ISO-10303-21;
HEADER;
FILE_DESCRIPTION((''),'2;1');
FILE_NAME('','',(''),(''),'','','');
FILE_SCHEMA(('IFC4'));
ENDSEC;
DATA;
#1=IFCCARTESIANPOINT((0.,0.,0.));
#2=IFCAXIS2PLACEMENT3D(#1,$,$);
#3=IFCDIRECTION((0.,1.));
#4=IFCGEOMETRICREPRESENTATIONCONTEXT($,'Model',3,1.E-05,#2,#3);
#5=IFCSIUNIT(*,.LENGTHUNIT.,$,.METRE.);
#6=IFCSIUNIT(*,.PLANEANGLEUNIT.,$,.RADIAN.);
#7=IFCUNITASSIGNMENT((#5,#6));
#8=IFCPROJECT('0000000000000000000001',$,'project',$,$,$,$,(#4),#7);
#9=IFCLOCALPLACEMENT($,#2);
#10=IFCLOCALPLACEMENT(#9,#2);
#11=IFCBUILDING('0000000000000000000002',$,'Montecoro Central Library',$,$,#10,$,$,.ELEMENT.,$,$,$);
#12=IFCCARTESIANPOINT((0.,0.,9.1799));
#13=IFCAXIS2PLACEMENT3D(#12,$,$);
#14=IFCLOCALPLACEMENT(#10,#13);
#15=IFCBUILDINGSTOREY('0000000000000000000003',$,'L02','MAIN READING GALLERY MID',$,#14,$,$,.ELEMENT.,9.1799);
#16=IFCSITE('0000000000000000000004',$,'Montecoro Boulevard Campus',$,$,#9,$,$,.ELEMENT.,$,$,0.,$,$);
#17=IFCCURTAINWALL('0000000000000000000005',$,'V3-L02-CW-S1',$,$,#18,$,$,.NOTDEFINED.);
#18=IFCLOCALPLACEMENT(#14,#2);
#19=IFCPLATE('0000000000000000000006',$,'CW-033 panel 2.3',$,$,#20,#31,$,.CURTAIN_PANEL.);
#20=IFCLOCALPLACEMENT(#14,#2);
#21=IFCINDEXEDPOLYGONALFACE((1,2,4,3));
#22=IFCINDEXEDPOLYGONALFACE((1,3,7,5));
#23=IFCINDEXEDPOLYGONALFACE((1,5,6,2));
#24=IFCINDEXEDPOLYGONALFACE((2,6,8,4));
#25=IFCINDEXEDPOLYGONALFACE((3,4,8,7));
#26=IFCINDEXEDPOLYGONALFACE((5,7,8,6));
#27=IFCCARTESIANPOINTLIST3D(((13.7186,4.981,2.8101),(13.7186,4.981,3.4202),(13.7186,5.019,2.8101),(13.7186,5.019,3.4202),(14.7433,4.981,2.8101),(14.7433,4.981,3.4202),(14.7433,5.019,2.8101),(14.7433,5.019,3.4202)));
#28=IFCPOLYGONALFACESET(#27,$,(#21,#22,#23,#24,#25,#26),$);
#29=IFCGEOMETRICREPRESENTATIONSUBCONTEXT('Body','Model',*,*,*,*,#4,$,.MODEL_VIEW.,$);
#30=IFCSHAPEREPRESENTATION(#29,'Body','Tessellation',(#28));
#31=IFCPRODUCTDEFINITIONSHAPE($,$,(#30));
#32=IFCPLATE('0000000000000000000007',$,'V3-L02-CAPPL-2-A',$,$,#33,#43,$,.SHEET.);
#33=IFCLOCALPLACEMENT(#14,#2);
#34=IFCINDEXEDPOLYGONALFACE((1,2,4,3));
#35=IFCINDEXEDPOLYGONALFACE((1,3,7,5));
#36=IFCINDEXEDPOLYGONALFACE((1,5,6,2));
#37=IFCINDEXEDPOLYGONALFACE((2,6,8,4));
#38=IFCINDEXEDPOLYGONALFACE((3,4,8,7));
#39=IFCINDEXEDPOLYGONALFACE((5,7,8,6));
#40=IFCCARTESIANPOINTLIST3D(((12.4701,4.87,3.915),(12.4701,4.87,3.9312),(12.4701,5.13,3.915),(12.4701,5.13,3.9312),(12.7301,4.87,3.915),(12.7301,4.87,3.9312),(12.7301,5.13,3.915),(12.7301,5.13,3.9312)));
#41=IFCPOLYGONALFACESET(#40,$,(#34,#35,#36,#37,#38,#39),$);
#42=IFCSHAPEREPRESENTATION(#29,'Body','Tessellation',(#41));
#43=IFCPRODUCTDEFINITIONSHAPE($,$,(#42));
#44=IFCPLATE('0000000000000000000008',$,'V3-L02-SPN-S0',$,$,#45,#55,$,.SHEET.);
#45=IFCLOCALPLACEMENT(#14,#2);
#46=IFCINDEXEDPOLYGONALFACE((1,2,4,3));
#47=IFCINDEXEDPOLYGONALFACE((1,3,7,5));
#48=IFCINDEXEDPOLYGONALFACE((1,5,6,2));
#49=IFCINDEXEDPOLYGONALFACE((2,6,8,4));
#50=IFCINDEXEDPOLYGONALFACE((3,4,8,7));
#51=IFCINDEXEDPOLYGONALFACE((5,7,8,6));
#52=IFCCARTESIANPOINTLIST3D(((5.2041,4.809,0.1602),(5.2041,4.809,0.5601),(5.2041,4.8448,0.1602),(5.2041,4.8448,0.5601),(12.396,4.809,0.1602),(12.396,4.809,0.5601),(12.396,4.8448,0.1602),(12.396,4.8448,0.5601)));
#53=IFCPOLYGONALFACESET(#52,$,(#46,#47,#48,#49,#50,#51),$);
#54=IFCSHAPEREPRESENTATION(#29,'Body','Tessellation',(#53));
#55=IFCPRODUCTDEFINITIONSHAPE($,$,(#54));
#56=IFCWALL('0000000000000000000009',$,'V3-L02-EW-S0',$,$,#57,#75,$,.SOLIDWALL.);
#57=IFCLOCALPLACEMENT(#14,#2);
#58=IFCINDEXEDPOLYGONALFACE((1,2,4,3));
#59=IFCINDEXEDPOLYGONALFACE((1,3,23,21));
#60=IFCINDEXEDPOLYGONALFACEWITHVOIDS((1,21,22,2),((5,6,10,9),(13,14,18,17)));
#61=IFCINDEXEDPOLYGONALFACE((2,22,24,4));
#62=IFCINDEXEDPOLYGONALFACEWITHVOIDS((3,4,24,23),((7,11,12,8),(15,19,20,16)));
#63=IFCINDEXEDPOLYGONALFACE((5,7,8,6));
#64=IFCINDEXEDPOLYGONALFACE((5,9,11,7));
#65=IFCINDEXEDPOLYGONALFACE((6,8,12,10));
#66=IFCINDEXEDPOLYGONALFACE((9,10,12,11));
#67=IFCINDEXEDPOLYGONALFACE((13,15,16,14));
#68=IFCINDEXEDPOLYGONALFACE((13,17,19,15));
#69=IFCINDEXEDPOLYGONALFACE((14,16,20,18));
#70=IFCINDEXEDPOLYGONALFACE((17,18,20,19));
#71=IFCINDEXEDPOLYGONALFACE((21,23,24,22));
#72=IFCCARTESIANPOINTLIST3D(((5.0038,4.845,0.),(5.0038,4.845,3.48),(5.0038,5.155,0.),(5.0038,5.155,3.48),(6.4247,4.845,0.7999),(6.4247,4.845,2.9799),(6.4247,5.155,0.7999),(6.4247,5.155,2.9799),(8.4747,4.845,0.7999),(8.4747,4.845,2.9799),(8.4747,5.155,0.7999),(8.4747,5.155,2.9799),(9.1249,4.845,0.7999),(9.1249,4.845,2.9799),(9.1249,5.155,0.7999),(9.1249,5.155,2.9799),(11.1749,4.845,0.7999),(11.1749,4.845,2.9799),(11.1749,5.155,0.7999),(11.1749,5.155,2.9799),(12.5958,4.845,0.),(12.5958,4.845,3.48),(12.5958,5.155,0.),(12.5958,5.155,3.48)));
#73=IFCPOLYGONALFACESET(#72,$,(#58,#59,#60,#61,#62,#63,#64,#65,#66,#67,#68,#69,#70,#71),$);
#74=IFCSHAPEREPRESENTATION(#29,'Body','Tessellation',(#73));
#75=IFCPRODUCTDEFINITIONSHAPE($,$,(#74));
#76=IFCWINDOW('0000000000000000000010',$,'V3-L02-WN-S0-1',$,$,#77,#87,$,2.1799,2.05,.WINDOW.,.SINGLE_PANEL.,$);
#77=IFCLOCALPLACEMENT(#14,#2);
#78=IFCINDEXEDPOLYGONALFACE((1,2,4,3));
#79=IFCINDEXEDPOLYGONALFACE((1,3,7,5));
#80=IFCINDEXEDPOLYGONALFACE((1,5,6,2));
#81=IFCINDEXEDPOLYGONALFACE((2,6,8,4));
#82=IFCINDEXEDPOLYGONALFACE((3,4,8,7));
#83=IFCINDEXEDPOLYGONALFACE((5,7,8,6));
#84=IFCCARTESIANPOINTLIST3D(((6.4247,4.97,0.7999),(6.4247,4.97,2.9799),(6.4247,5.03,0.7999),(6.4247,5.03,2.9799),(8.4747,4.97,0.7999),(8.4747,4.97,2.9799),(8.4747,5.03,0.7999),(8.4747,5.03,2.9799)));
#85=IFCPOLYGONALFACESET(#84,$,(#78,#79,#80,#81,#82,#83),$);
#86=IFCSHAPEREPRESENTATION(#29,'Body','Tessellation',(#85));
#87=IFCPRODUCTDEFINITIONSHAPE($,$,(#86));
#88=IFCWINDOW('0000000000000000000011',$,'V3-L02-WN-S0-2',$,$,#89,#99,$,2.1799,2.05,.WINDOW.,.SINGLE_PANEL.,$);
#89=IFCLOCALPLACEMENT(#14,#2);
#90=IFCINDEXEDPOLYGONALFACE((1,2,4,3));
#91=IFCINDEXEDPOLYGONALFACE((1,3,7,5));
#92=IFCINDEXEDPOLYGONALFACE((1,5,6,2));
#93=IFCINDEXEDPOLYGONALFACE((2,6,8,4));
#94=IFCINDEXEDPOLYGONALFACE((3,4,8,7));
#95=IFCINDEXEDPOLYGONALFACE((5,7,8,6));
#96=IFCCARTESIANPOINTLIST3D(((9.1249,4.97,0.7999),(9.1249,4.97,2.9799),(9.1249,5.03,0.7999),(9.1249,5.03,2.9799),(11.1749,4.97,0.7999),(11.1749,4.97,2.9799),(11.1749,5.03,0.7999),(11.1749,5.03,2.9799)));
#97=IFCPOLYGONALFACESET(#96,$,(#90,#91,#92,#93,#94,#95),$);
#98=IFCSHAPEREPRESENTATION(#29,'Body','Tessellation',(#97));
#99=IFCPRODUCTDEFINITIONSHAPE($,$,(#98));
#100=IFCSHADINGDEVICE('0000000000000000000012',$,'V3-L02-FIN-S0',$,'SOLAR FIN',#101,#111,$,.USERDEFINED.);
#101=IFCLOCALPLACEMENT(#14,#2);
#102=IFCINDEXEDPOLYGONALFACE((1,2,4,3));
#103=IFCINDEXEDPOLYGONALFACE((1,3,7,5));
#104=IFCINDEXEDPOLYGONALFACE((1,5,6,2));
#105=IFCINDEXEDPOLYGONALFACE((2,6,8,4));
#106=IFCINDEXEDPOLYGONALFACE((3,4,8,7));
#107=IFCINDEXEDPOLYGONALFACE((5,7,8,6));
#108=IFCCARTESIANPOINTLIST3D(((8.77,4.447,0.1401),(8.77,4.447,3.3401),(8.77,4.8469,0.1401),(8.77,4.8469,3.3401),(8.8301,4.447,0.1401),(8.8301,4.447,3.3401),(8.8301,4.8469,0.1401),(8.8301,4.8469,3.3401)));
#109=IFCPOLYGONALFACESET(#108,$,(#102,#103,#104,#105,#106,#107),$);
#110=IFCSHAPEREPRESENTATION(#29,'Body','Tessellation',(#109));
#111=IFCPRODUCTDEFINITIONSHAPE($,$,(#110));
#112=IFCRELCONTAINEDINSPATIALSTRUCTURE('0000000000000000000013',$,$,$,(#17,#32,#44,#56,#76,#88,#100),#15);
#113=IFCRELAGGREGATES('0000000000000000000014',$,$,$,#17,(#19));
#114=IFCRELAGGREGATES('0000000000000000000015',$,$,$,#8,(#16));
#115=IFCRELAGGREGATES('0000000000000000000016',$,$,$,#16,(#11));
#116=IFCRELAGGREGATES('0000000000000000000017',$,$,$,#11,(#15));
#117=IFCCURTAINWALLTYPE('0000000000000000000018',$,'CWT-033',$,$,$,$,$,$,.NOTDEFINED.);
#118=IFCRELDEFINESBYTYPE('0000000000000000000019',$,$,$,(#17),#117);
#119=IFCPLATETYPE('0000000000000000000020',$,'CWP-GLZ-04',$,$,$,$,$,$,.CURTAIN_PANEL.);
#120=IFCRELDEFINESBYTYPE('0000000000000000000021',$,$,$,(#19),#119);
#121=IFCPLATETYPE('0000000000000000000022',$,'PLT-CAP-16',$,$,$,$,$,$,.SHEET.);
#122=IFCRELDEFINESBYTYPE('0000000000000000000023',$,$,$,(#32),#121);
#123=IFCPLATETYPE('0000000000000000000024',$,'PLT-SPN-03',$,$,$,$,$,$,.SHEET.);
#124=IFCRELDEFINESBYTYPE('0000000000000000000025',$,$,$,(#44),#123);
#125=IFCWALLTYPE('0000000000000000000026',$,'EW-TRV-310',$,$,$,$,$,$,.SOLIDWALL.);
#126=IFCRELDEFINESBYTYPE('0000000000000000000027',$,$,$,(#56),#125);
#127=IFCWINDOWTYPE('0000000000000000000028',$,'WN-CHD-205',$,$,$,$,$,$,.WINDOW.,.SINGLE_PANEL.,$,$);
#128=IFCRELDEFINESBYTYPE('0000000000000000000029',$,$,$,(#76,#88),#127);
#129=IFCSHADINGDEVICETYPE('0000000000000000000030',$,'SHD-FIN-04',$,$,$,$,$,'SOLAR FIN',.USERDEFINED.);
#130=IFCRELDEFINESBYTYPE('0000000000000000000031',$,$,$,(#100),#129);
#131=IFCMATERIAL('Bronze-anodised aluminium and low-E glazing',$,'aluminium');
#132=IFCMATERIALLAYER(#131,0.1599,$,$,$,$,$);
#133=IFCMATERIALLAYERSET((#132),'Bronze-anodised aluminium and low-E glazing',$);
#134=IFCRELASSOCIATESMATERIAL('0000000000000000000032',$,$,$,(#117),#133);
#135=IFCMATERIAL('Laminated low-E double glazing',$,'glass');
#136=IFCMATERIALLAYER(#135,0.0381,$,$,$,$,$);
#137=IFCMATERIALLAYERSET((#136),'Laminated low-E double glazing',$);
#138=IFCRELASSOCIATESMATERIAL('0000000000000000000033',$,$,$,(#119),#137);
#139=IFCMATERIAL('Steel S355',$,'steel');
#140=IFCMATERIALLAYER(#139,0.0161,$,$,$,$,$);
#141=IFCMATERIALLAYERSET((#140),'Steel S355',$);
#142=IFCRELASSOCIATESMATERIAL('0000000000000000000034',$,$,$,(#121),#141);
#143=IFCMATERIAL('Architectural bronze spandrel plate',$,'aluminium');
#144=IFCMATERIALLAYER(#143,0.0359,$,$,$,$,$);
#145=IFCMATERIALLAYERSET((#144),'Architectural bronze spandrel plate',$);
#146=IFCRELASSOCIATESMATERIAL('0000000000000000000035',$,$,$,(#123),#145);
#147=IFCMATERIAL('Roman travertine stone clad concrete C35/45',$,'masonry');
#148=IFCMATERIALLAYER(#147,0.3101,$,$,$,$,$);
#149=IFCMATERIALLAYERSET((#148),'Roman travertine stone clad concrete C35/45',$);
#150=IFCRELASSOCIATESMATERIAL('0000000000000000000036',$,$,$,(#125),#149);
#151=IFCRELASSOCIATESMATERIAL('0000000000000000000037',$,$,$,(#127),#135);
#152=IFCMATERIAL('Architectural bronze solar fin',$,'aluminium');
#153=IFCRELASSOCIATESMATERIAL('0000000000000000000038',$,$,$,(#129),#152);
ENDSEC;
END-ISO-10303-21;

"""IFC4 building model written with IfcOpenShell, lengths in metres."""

from ifc_helpers import new_model, si_unit, direction, frame, frame_2d, origin, origin_2d, place, context, subcontext, project, spatial, rectangle, extrude, material, layer, layer_set, type_object, element, fill, aggregate, save


model = new_model("IFC4")

# Units and contexts
model_context = context("Model", 3, precision=1e-05, world=origin(), true_north=direction((0.0, 1.0)))
body_context = subcontext(model_context, "Body", "Model", "MODEL_VIEW")
ifc_project = project(units=[si_unit("LENGTHUNIT", "METRE"), si_unit("PLANEANGLEUNIT", "RADIAN")], contexts=[model_context])

# Site, building, storey
site_placement = place(None, origin())
site = spatial("IfcSite", under=ifc_project, at=site_placement, Name="Montecoro Boulevard Campus", CompositionType="ELEMENT", RefElevation=0.0)
building_placement = place(site_placement, origin())
building = spatial("IfcBuilding", under=site, at=building_placement, Name="Montecoro Central Library", CompositionType="ELEMENT")
storey_placement = place(building_placement, frame((0.0, 0.0, 9.1799)))
storey = spatial("IfcBuildingStorey", under=building, at=storey_placement, Name="L02", Description="MAIN READING GALLERY MID", CompositionType="ELEMENT", Elevation=9.1799)

# Shared definitions
ifc_material_1 = material(Name="Steel S355", Category="steel")

# Curtain wall, plate
ifc_material_2 = material(Name="Bronze-anodised aluminium and low-E glazing", Category="aluminium")
ifc_layer_1 = layer(ifc_material_2, 0.1599)
ifc_layer_set_1 = layer_set([ifc_layer_1], Name="Bronze-anodised aluminium and low-E glazing")
curtain_wall_type = type_object("IfcCurtainWallType", Name="CWT-033", PredefinedType="NOTDEFINED", material=ifc_layer_set_1)
curtain_wall_placement = place(storey_placement, origin())
curtain_wall = element("IfcCurtainWall", 1, at=curtain_wall_placement, inside=storey, type_object=curtain_wall_type, Name="V3-L02-CW-S1", PredefinedType="NOTDEFINED")
ifc_material_3 = material(Name="Laminated low-E double glazing", Category="glass")
ifc_layer_2 = layer(ifc_material_3, 0.0381)
ifc_layer_set_2 = layer_set([ifc_layer_2], Name="Laminated low-E double glazing")
plate_type_1 = type_object("IfcPlateType", Name="CWP-GLZ-04", PredefinedType="CURTAIN_PANEL", material=ifc_layer_set_2)
plate_1_placement = place(storey_placement, frame((14.231, 5.0, 2.8101), z_axis=(0.0, 0.0, 1.0), x_axis=(1.0, 0.0, 0.0)))
plate_1 = element("IfcPlate", 2, at=plate_1_placement, type_object=plate_type_1, Name="CW-033 panel 2.3", PredefinedType="CURTAIN_PANEL", context=body_context, shape_type="SweptSolid", body=[
    extrude(rectangle(XDim=1.0247, YDim=0.0381, at=origin_2d()), origin(), (0.0, 0.0, 1.0), 0.6101),
])
aggregate(curtain_wall, [plate_1])

# Plates
ifc_layer_3 = layer(ifc_material_1, 0.0161)
ifc_layer_set_3 = layer_set([ifc_layer_3], Name="Steel S355")
plate_type_2 = type_object("IfcPlateType", Name="PLT-CAP-16", PredefinedType="SHEET", material=ifc_layer_set_3)
plate_2_placement = place(storey_placement, frame((12.6001, 5.0, 3.915), z_axis=(0.0, 0.0, 1.0), x_axis=(1.0, 0.0, 0.0)))
element("IfcPlate", 3, at=plate_2_placement, inside=storey, type_object=plate_type_2, Name="V3-L02-CAPPL-2-A", PredefinedType="SHEET", context=body_context, shape_type="SweptSolid", body=[
    extrude(rectangle(XDim=0.26, YDim=0.26, at=origin_2d()), origin(), (0.0, 0.0, 1.0), 0.0161),
])
ifc_material_4 = material(Name="Architectural bronze spandrel plate", Category="aluminium")
ifc_layer_4 = layer(ifc_material_4, 0.0359)
ifc_layer_set_4 = layer_set([ifc_layer_4], Name="Architectural bronze spandrel plate")
plate_type_3 = type_object("IfcPlateType", Name="PLT-SPN-03", PredefinedType="SHEET", material=ifc_layer_set_4)
plate_3_placement = place(storey_placement, frame((8.8, 4.8269, 0.1602), z_axis=(0.0, 0.0, 1.0), x_axis=(1.0, 0.0, 0.0)))
element("IfcPlate", 4, at=plate_3_placement, inside=storey, type_object=plate_type_3, Name="V3-L02-SPN-S0", PredefinedType="SHEET", context=body_context, shape_type="SweptSolid", body=[
    extrude(rectangle(XDim=7.1919, YDim=0.0359, at=origin_2d()), origin(), (0.0, 0.0, 1.0), 0.3999),
])

# Wall, openings, windows
ifc_material_5 = material(Name="Roman travertine stone clad concrete C35/45", Category="masonry")
ifc_layer_5 = layer(ifc_material_5, 0.3101)
ifc_layer_set_5 = layer_set([ifc_layer_5], Name="Roman travertine stone clad concrete C35/45")
wall_type = type_object("IfcWallType", Name="EW-TRV-310", PredefinedType="SOLIDWALL", material=ifc_layer_set_5)
wall_placement = place(storey_placement, frame((5.0039, 5.0, 0.0), z_axis=(0.0, 0.0, 1.0), x_axis=(1.0, 0.0, 0.0)))
wall = element("IfcWall", 5, at=wall_placement, inside=storey, type_object=wall_type, Name="V3-L02-EW-S0", PredefinedType="SOLIDWALL", context=body_context, shape_type="SweptSolid", body=[
    extrude(rectangle(XDim=7.592, YDim=0.3101, at=frame_2d((3.7959, 0.0))), origin(), (0.0, 0.0, 1.0), 3.48),
])
opening_1_placement = place(wall_placement, frame((1.4209, 0.0, 0.8)))
opening_1 = element("IfcOpeningElement", 6, at=opening_1_placement, cuts=wall, PredefinedType="OPENING", context=body_context, shape_type="SweptSolid", body=[
    extrude(rectangle(XDim=2.05, YDim=2.1799, at=frame_2d((1.0249, 1.0898))), frame((0.0, 0.165, 0.0), z_axis=(0.0, -1.0, 0.0), x_axis=(1.0, 0.0, 0.0)), (0.0, 0.0, 1.0), 0.3301),
])
opening_2_placement = place(wall_placement, frame((4.1211, 0.0, 0.8)))
opening_2 = element("IfcOpeningElement", 7, at=opening_2_placement, cuts=wall, PredefinedType="OPENING", context=body_context, shape_type="SweptSolid", body=[
    extrude(rectangle(XDim=2.05, YDim=2.1799, at=frame_2d((1.0249, 1.0898))), frame((0.0, 0.165, 0.0), z_axis=(0.0, -1.0, 0.0), x_axis=(1.0, 0.0, 0.0)), (0.0, 0.0, 1.0), 0.3301),
])
window_type = type_object("IfcWindowType", Name="WN-CHD-205", PartitioningType="SINGLE_PANEL", PredefinedType="WINDOW", material=ifc_material_3)
window_1_placement = place(opening_1_placement, origin())
window_1 = element("IfcWindow", 8, at=window_1_placement, inside=storey, type_object=window_type, Name="V3-L02-WN-S0-1", OverallHeight=2.1799, OverallWidth=2.05, PartitioningType="SINGLE_PANEL", PredefinedType="WINDOW", context=body_context, shape_type="SweptSolid", body=[
    extrude(rectangle(XDim=2.05, YDim=2.1799, at=frame_2d((1.0249, 1.0898))), frame((0.0, 0.03, 0.0), z_axis=(0.0, -1.0, 0.0), x_axis=(1.0, 0.0, 0.0)), (0.0, 0.0, 1.0), 0.0601),
])
fill(opening_1, window_1)
window_2_placement = place(opening_2_placement, origin())
window_2 = element("IfcWindow", 9, at=window_2_placement, inside=storey, type_object=window_type, Name="V3-L02-WN-S0-2", OverallHeight=2.1799, OverallWidth=2.05, PartitioningType="SINGLE_PANEL", PredefinedType="WINDOW", context=body_context, shape_type="SweptSolid", body=[
    extrude(rectangle(XDim=2.05, YDim=2.1799, at=frame_2d((1.0249, 1.0898))), frame((0.0, 0.03, 0.0), z_axis=(0.0, -1.0, 0.0), x_axis=(1.0, 0.0, 0.0)), (0.0, 0.0, 1.0), 0.0601),
])
fill(opening_2, window_2)

# Shading device
ifc_material_6 = material(Name="Architectural bronze solar fin", Category="aluminium")
shading_device_type = type_object("IfcShadingDeviceType", Name="SHD-FIN-04", ElementType="SOLAR FIN", PredefinedType="USERDEFINED", material=ifc_material_6)
shading_device_placement = place(storey_placement, frame((8.8, 4.647, 0.1401), z_axis=(0.0, 0.0, 1.0), x_axis=(1.0, 0.0, 0.0)))
element("IfcShadingDevice", 10, at=shading_device_placement, inside=storey, type_object=shading_device_type, Name="V3-L02-FIN-S0", ObjectType="SOLAR FIN", PredefinedType="USERDEFINED", context=body_context, shape_type="SweptSolid", body=[
    extrude(rectangle(XDim=0.0601, YDim=0.3999, at=origin_2d()), origin(), (0.0, 0.0, 1.0), 3.2),
])

save(model, "model.ifc")
